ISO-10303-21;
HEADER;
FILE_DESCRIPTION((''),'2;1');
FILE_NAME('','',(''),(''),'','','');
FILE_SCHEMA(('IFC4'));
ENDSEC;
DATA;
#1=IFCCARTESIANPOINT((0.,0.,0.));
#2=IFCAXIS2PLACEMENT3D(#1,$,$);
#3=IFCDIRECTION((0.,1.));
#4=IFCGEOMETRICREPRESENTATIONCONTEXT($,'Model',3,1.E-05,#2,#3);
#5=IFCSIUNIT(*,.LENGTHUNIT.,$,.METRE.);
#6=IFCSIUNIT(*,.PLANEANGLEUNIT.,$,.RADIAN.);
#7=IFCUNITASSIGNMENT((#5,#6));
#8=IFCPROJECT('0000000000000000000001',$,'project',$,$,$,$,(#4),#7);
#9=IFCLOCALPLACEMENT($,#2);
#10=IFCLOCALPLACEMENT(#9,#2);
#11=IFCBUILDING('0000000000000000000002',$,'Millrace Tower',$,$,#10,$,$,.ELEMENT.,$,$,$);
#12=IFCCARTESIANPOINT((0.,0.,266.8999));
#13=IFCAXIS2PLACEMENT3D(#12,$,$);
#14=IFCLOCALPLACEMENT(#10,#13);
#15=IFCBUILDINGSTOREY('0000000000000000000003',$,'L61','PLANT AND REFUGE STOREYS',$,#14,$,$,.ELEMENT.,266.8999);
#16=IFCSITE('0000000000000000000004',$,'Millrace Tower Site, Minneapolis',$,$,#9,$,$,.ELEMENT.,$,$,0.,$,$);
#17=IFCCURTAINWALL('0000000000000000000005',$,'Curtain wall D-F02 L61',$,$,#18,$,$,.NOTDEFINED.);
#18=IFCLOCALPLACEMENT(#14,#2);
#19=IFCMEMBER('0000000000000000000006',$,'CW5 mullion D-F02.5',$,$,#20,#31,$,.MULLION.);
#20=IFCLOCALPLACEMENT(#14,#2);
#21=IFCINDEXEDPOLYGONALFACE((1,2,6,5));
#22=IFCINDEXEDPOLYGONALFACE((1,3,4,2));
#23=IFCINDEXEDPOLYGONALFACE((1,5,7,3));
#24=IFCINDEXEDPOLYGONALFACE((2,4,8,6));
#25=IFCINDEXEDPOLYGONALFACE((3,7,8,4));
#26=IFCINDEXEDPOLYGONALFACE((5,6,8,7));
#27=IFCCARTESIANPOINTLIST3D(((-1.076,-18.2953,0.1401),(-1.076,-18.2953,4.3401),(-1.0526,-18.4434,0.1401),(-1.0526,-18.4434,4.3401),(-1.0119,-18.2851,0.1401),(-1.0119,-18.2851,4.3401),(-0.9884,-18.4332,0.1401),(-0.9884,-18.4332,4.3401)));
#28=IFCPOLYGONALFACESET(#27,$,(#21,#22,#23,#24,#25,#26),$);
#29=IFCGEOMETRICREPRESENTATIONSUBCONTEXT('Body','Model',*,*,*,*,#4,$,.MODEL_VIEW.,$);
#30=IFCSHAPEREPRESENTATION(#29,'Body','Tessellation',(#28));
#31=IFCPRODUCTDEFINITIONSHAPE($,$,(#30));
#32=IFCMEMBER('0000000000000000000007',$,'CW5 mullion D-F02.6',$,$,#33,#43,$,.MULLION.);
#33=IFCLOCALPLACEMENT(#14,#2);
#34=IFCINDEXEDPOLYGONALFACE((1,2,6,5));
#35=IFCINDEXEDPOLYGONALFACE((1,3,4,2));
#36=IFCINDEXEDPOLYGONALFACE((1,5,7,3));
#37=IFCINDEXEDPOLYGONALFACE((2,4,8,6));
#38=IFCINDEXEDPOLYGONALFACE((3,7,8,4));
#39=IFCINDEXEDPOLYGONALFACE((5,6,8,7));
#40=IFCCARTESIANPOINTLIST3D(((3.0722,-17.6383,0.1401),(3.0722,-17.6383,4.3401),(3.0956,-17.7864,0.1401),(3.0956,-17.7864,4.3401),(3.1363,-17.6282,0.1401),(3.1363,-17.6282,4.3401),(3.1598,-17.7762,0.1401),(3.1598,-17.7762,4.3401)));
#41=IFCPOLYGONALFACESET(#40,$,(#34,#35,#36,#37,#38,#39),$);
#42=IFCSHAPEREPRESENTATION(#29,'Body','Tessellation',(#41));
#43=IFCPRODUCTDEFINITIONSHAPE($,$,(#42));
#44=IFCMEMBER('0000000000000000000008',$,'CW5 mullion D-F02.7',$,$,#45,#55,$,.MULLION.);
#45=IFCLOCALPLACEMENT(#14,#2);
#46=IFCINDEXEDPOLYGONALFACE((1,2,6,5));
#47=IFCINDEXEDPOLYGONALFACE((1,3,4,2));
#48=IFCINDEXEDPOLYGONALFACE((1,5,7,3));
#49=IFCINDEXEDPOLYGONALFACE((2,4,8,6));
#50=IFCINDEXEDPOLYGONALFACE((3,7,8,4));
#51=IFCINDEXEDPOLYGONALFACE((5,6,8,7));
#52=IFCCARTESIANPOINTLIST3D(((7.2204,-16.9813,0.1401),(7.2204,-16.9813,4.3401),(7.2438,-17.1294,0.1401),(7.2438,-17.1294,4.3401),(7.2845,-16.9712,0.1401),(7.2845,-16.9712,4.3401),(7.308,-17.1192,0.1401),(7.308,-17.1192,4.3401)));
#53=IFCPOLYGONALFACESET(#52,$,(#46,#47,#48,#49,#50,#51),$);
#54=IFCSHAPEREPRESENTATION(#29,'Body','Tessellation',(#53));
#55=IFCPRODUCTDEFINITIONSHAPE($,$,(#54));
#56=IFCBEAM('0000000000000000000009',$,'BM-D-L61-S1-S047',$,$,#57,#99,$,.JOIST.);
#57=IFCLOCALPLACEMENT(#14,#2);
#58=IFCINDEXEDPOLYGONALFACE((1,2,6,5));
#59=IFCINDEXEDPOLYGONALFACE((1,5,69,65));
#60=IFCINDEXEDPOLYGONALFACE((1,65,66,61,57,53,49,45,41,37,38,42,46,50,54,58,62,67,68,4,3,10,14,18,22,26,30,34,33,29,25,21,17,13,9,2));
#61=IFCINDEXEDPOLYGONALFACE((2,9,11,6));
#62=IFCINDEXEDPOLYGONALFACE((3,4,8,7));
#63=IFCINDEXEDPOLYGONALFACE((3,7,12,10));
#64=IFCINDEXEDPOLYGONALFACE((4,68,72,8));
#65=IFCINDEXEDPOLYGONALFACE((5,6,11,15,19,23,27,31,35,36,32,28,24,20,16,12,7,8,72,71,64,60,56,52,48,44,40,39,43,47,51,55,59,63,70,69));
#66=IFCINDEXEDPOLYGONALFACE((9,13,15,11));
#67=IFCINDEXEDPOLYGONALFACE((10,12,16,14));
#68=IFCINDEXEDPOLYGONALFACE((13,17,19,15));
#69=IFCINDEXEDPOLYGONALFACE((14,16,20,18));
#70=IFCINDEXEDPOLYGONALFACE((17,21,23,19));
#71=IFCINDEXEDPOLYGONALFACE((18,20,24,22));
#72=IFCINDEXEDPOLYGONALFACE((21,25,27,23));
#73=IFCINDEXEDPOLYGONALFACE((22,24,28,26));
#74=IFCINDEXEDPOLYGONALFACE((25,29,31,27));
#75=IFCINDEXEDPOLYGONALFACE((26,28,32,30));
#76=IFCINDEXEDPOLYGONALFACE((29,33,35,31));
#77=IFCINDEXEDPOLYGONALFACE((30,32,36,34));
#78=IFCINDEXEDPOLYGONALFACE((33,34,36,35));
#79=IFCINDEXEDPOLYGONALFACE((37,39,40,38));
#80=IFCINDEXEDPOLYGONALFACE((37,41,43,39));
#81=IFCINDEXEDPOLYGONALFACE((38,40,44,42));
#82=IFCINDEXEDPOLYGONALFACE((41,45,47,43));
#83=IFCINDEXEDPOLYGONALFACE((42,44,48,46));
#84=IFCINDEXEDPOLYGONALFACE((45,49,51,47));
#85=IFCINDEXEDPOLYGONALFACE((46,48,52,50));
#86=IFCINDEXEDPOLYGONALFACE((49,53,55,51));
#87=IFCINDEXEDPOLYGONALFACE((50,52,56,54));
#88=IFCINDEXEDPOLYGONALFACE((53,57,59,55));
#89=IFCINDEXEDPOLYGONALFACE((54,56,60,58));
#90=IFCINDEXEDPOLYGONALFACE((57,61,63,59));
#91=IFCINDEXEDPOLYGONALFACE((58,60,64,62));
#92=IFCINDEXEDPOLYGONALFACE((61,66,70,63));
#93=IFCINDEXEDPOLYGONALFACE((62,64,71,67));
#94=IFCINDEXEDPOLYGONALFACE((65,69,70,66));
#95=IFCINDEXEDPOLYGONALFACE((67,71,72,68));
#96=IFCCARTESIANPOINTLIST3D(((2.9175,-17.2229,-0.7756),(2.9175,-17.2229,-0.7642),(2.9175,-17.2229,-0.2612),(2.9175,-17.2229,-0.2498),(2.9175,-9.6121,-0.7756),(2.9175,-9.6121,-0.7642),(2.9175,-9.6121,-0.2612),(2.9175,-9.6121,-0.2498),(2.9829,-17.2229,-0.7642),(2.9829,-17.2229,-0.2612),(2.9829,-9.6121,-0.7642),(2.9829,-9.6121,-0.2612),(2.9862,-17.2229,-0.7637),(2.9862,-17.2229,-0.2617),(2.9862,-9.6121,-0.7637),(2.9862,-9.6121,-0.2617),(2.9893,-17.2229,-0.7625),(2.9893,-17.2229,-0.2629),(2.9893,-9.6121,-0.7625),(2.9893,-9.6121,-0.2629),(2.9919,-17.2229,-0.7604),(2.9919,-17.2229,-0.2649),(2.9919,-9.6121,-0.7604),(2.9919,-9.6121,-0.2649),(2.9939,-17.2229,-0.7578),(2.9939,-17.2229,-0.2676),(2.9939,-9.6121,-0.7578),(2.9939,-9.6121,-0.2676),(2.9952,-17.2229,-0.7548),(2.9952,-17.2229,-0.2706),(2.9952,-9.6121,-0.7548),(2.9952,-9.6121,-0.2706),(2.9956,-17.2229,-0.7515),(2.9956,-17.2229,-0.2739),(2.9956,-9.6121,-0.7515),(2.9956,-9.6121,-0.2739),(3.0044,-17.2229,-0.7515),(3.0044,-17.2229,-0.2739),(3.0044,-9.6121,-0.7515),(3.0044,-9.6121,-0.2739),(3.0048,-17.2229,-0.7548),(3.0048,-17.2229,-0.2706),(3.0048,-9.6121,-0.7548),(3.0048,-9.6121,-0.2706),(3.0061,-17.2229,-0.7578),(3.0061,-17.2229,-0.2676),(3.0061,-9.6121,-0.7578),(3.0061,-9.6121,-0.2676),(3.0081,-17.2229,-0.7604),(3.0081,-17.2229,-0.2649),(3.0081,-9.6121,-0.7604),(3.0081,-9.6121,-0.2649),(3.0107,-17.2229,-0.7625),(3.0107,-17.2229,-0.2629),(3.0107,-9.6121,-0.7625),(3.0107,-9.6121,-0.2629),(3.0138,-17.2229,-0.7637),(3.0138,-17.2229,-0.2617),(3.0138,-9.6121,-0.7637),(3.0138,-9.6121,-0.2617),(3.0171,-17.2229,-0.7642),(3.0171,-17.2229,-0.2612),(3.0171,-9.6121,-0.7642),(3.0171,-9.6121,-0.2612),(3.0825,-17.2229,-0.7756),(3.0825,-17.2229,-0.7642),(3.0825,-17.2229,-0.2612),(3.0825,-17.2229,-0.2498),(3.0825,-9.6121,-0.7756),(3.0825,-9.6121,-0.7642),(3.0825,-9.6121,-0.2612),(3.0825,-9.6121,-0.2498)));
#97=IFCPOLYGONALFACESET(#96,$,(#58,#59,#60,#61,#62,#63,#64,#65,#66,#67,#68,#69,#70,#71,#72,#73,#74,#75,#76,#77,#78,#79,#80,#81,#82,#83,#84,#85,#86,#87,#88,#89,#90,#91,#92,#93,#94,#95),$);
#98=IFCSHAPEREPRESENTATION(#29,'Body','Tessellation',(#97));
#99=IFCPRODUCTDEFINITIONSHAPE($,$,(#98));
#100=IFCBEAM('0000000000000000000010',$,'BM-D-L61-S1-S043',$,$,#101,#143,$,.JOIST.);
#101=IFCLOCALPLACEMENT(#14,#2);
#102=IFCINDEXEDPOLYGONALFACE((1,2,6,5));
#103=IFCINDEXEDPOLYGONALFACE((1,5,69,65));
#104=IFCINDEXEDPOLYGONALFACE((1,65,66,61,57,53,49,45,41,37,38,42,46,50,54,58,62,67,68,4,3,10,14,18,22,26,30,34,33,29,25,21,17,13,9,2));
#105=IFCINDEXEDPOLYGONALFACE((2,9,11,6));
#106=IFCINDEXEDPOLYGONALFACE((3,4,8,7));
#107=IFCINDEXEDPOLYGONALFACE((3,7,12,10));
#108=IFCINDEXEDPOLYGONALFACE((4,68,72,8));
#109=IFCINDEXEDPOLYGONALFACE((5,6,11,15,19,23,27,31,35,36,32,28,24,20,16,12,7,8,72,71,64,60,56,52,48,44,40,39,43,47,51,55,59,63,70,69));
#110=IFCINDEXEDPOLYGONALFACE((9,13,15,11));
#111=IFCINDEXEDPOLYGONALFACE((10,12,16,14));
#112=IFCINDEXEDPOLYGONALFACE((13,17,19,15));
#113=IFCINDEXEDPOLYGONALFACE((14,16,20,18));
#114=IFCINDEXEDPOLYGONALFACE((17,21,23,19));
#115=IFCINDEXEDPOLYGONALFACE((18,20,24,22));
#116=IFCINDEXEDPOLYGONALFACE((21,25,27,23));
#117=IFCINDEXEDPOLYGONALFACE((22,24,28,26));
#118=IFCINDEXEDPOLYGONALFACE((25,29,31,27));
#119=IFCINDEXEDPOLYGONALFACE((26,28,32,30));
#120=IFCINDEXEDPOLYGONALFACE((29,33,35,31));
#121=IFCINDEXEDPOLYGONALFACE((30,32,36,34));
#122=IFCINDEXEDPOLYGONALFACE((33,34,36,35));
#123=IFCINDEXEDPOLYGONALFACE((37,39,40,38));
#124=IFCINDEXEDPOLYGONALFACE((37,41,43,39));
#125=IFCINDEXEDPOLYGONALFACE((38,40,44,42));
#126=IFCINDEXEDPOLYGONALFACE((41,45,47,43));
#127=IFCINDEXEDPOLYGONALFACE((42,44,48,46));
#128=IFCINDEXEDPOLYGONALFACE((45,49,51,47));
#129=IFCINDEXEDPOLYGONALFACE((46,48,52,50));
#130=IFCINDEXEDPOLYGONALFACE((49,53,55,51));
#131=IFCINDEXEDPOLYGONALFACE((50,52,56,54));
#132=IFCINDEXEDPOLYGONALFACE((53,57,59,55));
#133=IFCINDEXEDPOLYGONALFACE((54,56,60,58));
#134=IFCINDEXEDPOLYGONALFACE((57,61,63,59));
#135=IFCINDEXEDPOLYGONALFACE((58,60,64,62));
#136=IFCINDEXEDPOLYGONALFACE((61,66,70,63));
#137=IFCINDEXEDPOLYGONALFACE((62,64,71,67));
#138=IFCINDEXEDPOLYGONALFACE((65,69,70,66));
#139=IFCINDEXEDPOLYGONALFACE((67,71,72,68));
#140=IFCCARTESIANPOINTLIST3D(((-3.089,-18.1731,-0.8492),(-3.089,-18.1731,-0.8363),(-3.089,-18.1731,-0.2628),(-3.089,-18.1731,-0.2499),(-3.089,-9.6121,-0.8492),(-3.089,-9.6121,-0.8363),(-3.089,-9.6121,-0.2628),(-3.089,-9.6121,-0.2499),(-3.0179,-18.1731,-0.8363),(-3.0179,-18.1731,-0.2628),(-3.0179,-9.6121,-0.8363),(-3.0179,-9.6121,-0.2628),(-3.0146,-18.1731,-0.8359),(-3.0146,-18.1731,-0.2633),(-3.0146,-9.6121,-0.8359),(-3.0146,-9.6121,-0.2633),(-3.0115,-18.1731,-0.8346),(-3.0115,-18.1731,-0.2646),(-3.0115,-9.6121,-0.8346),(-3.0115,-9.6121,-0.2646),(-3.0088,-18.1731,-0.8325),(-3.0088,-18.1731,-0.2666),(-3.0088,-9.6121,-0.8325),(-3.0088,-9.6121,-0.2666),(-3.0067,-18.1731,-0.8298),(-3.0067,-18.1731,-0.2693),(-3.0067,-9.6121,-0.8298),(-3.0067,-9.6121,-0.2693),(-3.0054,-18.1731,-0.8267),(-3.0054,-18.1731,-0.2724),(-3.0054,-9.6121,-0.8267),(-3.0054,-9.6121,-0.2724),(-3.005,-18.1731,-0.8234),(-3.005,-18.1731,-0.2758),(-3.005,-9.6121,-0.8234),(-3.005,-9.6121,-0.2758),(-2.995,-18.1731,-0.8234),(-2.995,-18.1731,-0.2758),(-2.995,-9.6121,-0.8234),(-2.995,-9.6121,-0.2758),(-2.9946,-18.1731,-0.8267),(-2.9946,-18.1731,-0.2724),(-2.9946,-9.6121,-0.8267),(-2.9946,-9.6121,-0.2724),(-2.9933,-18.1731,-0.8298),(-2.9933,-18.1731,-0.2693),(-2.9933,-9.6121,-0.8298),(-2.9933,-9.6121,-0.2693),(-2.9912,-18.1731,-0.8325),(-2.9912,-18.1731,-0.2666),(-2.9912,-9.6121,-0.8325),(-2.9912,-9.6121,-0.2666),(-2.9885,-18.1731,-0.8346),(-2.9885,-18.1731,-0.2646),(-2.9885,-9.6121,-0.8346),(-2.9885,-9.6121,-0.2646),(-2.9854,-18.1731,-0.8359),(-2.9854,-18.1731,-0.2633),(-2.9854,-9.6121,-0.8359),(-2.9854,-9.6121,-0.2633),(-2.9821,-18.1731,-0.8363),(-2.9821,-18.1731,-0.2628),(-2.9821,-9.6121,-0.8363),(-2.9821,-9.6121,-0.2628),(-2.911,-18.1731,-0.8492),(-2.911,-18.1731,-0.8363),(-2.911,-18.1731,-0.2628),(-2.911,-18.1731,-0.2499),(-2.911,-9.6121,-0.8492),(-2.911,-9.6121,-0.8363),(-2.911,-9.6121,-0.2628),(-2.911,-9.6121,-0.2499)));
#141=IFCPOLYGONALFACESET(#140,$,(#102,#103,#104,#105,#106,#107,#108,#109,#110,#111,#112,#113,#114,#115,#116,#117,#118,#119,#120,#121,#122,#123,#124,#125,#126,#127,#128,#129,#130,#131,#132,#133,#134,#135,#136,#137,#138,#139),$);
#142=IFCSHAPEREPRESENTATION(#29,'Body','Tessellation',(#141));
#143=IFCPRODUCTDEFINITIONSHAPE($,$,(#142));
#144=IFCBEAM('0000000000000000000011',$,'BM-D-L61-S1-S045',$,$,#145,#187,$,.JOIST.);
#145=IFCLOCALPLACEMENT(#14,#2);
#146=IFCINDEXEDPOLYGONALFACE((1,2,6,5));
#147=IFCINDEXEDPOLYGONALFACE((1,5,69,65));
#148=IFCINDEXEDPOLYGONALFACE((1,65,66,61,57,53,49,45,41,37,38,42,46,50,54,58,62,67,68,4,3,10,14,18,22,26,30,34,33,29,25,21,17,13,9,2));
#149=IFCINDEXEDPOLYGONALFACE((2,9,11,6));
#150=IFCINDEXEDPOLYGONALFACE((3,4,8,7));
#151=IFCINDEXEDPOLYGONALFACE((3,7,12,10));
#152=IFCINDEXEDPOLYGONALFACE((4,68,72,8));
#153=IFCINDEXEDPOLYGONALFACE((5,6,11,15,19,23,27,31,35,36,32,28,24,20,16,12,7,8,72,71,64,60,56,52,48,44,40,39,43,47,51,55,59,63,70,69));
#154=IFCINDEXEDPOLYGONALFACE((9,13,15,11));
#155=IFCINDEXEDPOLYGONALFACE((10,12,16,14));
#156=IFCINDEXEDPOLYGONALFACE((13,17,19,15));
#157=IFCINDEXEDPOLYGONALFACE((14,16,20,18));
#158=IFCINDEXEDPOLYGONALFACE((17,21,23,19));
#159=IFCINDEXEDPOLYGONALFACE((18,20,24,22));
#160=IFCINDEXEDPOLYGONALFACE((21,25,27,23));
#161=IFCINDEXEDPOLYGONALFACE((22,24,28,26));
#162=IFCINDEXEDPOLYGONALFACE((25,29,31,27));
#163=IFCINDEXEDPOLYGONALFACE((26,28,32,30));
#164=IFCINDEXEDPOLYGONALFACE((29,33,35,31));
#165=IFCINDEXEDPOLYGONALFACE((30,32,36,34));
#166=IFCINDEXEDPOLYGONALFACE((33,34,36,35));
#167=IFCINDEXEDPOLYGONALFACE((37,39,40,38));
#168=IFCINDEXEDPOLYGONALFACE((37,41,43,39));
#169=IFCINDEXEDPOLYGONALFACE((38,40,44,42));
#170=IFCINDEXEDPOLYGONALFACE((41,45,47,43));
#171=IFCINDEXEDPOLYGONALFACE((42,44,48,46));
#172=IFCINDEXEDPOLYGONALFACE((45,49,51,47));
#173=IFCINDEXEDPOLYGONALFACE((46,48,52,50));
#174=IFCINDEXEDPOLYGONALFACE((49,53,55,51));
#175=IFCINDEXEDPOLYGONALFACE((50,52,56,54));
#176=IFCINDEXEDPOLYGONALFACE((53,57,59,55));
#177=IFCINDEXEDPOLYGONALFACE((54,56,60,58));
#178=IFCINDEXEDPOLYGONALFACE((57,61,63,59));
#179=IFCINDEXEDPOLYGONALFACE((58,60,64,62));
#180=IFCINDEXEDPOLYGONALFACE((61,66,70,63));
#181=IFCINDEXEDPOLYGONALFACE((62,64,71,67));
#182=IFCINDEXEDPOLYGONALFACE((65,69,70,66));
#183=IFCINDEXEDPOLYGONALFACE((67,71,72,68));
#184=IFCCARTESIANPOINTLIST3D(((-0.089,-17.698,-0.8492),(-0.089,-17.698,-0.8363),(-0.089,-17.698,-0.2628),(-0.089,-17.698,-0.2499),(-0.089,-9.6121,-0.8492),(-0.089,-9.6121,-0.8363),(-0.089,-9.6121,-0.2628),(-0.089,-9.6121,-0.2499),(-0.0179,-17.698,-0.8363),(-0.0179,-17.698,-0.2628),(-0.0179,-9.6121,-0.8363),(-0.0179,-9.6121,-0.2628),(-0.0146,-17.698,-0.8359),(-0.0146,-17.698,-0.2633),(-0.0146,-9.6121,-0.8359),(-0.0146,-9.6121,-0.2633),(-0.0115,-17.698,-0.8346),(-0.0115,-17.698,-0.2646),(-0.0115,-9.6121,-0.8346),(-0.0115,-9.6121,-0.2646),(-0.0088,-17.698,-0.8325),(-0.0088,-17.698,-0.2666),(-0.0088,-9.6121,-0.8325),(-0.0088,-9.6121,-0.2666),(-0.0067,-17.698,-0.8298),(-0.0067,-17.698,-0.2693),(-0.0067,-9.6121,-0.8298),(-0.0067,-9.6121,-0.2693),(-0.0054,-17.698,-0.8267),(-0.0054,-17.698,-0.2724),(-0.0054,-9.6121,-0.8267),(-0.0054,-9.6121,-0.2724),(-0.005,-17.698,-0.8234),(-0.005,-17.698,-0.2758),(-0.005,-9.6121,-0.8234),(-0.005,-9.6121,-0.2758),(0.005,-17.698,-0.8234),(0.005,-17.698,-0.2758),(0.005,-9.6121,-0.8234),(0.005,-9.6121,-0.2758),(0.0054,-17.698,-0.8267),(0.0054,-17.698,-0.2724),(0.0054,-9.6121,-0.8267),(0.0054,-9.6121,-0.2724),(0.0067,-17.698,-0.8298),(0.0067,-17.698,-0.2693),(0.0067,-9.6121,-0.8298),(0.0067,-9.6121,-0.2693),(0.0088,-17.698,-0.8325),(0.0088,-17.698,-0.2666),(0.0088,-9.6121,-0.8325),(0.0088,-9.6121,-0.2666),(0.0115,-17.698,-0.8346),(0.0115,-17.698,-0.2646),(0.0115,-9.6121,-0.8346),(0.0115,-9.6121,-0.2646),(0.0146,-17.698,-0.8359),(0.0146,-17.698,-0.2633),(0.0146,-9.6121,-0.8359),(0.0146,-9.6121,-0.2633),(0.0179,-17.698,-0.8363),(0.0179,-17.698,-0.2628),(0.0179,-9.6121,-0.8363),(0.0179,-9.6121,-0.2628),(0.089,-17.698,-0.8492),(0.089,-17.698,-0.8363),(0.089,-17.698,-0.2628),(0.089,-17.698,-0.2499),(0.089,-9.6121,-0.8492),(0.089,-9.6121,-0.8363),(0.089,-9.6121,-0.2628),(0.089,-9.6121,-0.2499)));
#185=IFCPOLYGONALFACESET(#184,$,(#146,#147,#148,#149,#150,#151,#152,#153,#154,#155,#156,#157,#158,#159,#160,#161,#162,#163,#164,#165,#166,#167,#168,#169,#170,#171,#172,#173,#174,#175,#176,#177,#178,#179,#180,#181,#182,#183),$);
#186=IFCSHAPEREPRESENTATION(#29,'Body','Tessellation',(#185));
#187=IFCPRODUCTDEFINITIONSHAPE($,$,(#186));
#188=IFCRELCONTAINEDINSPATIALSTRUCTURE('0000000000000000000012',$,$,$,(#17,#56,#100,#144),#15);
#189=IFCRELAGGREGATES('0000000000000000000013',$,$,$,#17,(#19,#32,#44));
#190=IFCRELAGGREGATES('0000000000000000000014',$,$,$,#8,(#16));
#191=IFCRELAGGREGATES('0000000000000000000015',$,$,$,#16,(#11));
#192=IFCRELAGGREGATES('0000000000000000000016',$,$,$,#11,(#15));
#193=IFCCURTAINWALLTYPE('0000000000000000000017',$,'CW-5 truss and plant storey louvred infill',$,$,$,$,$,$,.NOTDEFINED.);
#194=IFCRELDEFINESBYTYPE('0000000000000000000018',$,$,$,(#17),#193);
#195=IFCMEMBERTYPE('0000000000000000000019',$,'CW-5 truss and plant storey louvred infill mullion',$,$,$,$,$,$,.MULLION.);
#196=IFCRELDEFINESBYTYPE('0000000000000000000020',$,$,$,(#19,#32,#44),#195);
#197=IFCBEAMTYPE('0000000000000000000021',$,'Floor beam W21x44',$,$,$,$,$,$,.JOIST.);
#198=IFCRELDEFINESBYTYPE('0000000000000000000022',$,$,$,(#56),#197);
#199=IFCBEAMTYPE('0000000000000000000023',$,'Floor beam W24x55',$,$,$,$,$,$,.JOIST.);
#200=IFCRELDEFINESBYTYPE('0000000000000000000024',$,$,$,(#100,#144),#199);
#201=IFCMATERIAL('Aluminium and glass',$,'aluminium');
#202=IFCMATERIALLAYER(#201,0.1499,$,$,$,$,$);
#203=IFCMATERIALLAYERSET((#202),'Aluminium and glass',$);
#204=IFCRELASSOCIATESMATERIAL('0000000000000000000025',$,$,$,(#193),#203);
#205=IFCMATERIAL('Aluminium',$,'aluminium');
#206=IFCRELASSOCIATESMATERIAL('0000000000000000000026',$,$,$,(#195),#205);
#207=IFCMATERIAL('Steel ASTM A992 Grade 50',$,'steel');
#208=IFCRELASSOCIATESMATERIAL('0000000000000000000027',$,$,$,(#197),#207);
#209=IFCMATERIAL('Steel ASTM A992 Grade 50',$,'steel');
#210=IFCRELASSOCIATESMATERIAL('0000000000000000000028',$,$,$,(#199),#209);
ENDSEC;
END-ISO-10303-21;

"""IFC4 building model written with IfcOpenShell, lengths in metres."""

from ifc_helpers import new_model, si_unit, direction, frame, origin, origin_2d, place, context, subcontext, project, spatial, rectangle, i_section, extrude, material, layer, layer_set, material_profile, profile_set, type_object, element, aggregate, save


model = new_model("IFC4")

# Units and contexts
model_context = context("Model", 3, precision=1e-05, world=origin(), true_north=direction((0.0, 1.0)))
body_context = subcontext(model_context, "Body", "Model", "MODEL_VIEW")
ifc_project = project(units=[si_unit("LENGTHUNIT", "METRE"), si_unit("PLANEANGLEUNIT", "RADIAN")], contexts=[model_context])

# Site, building, storey
site_placement = place(None, origin())
site = spatial("IfcSite", under=ifc_project, at=site_placement, Name="Millrace Tower Site, Minneapolis", CompositionType="ELEMENT", RefElevation=0.0)
building_placement = place(site_placement, origin())
building = spatial("IfcBuilding", under=site, at=building_placement, Name="Millrace Tower", CompositionType="ELEMENT")
storey_placement = place(building_placement, frame((0.0, 0.0, 266.8999)))
storey = spatial("IfcBuildingStorey", under=building, at=storey_placement, Name="L61", Description="PLANT AND REFUGE STOREYS", CompositionType="ELEMENT", Elevation=266.8999)

# Curtain wall, members
ifc_material_1 = material(Name="Aluminium and glass", Category="aluminium")
ifc_layer_1 = layer(ifc_material_1, 0.1499)
ifc_layer_set_1 = layer_set([ifc_layer_1], Name="Aluminium and glass")
curtain_wall_type = type_object("IfcCurtainWallType", Name="CW-5 truss and plant storey louvred infill", PredefinedType="NOTDEFINED", material=ifc_layer_set_1)
curtain_wall_placement = place(storey_placement, origin())
curtain_wall = element("IfcCurtainWall", 1, at=curtain_wall_placement, inside=storey, type_object=curtain_wall_type, Name="Curtain wall D-F02 L61", PredefinedType="NOTDEFINED")
ifc_material_2 = material(Name="Aluminium", Category="aluminium")
ifc_material_profile_1 = material_profile(ifc_material_2, rectangle(XDim=0.0649, YDim=0.1499, at=origin_2d()))
ifc_profile_set_1 = profile_set([ifc_material_profile_1], Name="Aluminium")
member_type_1 = type_object("IfcMemberType", Name="CW-5 truss and plant storey louvred infill mullion", PredefinedType="MULLION", material=ifc_profile_set_1)
member_1_placement = place(storey_placement, frame((-1.0322, -18.3643, 0.1401), z_axis=(0.0, 0.0, 1.0), x_axis=(0.987688, 0.156434, 0.0)))
member_1 = element("IfcMember", 2, at=member_1_placement, type_object=member_type_1, Name="CW5 mullion D-F02.5", PredefinedType="MULLION", context=body_context, shape_type="SweptSolid", body=[
    extrude(rectangle(XDim=0.0649, YDim=0.1499, at=origin_2d()), origin(), (0.0, 0.0, 1.0), 4.2),
])
member_2_placement = place(storey_placement, frame((3.116, -17.7073, 0.1401), z_axis=(0.0, 0.0, 1.0), x_axis=(0.987688, 0.156434, 0.0)))
member_2 = element("IfcMember", 3, at=member_2_placement, type_object=member_type_1, Name="CW5 mullion D-F02.6", PredefinedType="MULLION", context=body_context, shape_type="SweptSolid", body=[
    extrude(rectangle(XDim=0.0649, YDim=0.1499, at=origin_2d()), origin(), (0.0, 0.0, 1.0), 4.2),
])
member_3_placement = place(storey_placement, frame((7.2642, -17.0503, 0.1401), z_axis=(0.0, 0.0, 1.0), x_axis=(0.987688, 0.156434, 0.0)))
member_3 = element("IfcMember", 4, at=member_3_placement, type_object=member_type_1, Name="CW5 mullion D-F02.7", PredefinedType="MULLION", context=body_context, shape_type="SweptSolid", body=[
    extrude(rectangle(XDim=0.0649, YDim=0.1499, at=origin_2d()), origin(), (0.0, 0.0, 1.0), 4.2),
])
aggregate(curtain_wall, [member_1, member_2, member_3])

# Beams
ifc_material_3 = material(Name="Steel ASTM A992 Grade 50", Category="steel")
ifc_material_profile_2 = material_profile(ifc_material_3, i_section(OverallWidth=0.165, OverallDepth=0.5259, WebThickness=0.0088, FlangeThickness=0.0115, FilletRadius=0.0127, at=origin_2d()))
ifc_profile_set_2 = profile_set([ifc_material_profile_2], Name="Steel ASTM A992 Grade 50")
beam_type_1 = type_object("IfcBeamType", Name="Floor beam W21x44", PredefinedType="JOIST", material=ifc_profile_set_2)
beam_1_placement = place(storey_placement, frame((3.0, -17.2229, -0.5127), z_axis=(0.0, 1.0, 0.0), x_axis=(-1.0, 0.0, 0.0)))
element("IfcBeam", 5, at=beam_1_placement, inside=storey, type_object=beam_type_1, Name="BM-D-L61-S1-S047", PredefinedType="JOIST", context=body_context, shape_type="SweptSolid", body=[
    extrude(i_section(OverallWidth=0.165, OverallDepth=0.5259, WebThickness=0.0088, FlangeThickness=0.0115, FilletRadius=0.0127, at=origin_2d()), origin(), (0.0, 0.0, 1.0), 7.6108),
])
ifc_material_4 = material(Name="Steel ASTM A992 Grade 50", Category="steel")
ifc_material_profile_3 = material_profile(ifc_material_4, i_section(OverallWidth=0.178, OverallDepth=0.5994, WebThickness=0.01, FlangeThickness=0.0129, FilletRadius=0.0129, at=origin_2d()))
ifc_profile_set_3 = profile_set([ifc_material_profile_3], Name="Steel ASTM A992 Grade 50")
beam_type_2 = type_object("IfcBeamType", Name="Floor beam W24x55", PredefinedType="JOIST", material=ifc_profile_set_3)
beam_2_placement = place(storey_placement, frame((-3.0, -18.1731, -0.5496), z_axis=(0.0, 1.0, 0.0), x_axis=(-1.0, 0.0, 0.0)))
element("IfcBeam", 6, at=beam_2_placement, inside=storey, type_object=beam_type_2, Name="BM-D-L61-S1-S043", PredefinedType="JOIST", context=body_context, shape_type="SweptSolid", body=[
    extrude(i_section(OverallWidth=0.178, OverallDepth=0.5994, WebThickness=0.01, FlangeThickness=0.0129, FilletRadius=0.0129, at=origin_2d()), origin(), (0.0, 0.0, 1.0), 8.561),
])
beam_3_placement = place(storey_placement, frame((0.0, -17.698, -0.5496), z_axis=(0.0, 1.0, 0.0), x_axis=(-1.0, 0.0, 0.0)))
element("IfcBeam", 7, at=beam_3_placement, inside=storey, type_object=beam_type_2, Name="BM-D-L61-S1-S045", PredefinedType="JOIST", context=body_context, shape_type="SweptSolid", body=[
    extrude(i_section(OverallWidth=0.178, OverallDepth=0.5994, WebThickness=0.01, FlangeThickness=0.0129, FilletRadius=0.0129, at=origin_2d()), origin(), (0.0, 0.0, 1.0), 8.0859),
])

save(model, "model.ifc")
